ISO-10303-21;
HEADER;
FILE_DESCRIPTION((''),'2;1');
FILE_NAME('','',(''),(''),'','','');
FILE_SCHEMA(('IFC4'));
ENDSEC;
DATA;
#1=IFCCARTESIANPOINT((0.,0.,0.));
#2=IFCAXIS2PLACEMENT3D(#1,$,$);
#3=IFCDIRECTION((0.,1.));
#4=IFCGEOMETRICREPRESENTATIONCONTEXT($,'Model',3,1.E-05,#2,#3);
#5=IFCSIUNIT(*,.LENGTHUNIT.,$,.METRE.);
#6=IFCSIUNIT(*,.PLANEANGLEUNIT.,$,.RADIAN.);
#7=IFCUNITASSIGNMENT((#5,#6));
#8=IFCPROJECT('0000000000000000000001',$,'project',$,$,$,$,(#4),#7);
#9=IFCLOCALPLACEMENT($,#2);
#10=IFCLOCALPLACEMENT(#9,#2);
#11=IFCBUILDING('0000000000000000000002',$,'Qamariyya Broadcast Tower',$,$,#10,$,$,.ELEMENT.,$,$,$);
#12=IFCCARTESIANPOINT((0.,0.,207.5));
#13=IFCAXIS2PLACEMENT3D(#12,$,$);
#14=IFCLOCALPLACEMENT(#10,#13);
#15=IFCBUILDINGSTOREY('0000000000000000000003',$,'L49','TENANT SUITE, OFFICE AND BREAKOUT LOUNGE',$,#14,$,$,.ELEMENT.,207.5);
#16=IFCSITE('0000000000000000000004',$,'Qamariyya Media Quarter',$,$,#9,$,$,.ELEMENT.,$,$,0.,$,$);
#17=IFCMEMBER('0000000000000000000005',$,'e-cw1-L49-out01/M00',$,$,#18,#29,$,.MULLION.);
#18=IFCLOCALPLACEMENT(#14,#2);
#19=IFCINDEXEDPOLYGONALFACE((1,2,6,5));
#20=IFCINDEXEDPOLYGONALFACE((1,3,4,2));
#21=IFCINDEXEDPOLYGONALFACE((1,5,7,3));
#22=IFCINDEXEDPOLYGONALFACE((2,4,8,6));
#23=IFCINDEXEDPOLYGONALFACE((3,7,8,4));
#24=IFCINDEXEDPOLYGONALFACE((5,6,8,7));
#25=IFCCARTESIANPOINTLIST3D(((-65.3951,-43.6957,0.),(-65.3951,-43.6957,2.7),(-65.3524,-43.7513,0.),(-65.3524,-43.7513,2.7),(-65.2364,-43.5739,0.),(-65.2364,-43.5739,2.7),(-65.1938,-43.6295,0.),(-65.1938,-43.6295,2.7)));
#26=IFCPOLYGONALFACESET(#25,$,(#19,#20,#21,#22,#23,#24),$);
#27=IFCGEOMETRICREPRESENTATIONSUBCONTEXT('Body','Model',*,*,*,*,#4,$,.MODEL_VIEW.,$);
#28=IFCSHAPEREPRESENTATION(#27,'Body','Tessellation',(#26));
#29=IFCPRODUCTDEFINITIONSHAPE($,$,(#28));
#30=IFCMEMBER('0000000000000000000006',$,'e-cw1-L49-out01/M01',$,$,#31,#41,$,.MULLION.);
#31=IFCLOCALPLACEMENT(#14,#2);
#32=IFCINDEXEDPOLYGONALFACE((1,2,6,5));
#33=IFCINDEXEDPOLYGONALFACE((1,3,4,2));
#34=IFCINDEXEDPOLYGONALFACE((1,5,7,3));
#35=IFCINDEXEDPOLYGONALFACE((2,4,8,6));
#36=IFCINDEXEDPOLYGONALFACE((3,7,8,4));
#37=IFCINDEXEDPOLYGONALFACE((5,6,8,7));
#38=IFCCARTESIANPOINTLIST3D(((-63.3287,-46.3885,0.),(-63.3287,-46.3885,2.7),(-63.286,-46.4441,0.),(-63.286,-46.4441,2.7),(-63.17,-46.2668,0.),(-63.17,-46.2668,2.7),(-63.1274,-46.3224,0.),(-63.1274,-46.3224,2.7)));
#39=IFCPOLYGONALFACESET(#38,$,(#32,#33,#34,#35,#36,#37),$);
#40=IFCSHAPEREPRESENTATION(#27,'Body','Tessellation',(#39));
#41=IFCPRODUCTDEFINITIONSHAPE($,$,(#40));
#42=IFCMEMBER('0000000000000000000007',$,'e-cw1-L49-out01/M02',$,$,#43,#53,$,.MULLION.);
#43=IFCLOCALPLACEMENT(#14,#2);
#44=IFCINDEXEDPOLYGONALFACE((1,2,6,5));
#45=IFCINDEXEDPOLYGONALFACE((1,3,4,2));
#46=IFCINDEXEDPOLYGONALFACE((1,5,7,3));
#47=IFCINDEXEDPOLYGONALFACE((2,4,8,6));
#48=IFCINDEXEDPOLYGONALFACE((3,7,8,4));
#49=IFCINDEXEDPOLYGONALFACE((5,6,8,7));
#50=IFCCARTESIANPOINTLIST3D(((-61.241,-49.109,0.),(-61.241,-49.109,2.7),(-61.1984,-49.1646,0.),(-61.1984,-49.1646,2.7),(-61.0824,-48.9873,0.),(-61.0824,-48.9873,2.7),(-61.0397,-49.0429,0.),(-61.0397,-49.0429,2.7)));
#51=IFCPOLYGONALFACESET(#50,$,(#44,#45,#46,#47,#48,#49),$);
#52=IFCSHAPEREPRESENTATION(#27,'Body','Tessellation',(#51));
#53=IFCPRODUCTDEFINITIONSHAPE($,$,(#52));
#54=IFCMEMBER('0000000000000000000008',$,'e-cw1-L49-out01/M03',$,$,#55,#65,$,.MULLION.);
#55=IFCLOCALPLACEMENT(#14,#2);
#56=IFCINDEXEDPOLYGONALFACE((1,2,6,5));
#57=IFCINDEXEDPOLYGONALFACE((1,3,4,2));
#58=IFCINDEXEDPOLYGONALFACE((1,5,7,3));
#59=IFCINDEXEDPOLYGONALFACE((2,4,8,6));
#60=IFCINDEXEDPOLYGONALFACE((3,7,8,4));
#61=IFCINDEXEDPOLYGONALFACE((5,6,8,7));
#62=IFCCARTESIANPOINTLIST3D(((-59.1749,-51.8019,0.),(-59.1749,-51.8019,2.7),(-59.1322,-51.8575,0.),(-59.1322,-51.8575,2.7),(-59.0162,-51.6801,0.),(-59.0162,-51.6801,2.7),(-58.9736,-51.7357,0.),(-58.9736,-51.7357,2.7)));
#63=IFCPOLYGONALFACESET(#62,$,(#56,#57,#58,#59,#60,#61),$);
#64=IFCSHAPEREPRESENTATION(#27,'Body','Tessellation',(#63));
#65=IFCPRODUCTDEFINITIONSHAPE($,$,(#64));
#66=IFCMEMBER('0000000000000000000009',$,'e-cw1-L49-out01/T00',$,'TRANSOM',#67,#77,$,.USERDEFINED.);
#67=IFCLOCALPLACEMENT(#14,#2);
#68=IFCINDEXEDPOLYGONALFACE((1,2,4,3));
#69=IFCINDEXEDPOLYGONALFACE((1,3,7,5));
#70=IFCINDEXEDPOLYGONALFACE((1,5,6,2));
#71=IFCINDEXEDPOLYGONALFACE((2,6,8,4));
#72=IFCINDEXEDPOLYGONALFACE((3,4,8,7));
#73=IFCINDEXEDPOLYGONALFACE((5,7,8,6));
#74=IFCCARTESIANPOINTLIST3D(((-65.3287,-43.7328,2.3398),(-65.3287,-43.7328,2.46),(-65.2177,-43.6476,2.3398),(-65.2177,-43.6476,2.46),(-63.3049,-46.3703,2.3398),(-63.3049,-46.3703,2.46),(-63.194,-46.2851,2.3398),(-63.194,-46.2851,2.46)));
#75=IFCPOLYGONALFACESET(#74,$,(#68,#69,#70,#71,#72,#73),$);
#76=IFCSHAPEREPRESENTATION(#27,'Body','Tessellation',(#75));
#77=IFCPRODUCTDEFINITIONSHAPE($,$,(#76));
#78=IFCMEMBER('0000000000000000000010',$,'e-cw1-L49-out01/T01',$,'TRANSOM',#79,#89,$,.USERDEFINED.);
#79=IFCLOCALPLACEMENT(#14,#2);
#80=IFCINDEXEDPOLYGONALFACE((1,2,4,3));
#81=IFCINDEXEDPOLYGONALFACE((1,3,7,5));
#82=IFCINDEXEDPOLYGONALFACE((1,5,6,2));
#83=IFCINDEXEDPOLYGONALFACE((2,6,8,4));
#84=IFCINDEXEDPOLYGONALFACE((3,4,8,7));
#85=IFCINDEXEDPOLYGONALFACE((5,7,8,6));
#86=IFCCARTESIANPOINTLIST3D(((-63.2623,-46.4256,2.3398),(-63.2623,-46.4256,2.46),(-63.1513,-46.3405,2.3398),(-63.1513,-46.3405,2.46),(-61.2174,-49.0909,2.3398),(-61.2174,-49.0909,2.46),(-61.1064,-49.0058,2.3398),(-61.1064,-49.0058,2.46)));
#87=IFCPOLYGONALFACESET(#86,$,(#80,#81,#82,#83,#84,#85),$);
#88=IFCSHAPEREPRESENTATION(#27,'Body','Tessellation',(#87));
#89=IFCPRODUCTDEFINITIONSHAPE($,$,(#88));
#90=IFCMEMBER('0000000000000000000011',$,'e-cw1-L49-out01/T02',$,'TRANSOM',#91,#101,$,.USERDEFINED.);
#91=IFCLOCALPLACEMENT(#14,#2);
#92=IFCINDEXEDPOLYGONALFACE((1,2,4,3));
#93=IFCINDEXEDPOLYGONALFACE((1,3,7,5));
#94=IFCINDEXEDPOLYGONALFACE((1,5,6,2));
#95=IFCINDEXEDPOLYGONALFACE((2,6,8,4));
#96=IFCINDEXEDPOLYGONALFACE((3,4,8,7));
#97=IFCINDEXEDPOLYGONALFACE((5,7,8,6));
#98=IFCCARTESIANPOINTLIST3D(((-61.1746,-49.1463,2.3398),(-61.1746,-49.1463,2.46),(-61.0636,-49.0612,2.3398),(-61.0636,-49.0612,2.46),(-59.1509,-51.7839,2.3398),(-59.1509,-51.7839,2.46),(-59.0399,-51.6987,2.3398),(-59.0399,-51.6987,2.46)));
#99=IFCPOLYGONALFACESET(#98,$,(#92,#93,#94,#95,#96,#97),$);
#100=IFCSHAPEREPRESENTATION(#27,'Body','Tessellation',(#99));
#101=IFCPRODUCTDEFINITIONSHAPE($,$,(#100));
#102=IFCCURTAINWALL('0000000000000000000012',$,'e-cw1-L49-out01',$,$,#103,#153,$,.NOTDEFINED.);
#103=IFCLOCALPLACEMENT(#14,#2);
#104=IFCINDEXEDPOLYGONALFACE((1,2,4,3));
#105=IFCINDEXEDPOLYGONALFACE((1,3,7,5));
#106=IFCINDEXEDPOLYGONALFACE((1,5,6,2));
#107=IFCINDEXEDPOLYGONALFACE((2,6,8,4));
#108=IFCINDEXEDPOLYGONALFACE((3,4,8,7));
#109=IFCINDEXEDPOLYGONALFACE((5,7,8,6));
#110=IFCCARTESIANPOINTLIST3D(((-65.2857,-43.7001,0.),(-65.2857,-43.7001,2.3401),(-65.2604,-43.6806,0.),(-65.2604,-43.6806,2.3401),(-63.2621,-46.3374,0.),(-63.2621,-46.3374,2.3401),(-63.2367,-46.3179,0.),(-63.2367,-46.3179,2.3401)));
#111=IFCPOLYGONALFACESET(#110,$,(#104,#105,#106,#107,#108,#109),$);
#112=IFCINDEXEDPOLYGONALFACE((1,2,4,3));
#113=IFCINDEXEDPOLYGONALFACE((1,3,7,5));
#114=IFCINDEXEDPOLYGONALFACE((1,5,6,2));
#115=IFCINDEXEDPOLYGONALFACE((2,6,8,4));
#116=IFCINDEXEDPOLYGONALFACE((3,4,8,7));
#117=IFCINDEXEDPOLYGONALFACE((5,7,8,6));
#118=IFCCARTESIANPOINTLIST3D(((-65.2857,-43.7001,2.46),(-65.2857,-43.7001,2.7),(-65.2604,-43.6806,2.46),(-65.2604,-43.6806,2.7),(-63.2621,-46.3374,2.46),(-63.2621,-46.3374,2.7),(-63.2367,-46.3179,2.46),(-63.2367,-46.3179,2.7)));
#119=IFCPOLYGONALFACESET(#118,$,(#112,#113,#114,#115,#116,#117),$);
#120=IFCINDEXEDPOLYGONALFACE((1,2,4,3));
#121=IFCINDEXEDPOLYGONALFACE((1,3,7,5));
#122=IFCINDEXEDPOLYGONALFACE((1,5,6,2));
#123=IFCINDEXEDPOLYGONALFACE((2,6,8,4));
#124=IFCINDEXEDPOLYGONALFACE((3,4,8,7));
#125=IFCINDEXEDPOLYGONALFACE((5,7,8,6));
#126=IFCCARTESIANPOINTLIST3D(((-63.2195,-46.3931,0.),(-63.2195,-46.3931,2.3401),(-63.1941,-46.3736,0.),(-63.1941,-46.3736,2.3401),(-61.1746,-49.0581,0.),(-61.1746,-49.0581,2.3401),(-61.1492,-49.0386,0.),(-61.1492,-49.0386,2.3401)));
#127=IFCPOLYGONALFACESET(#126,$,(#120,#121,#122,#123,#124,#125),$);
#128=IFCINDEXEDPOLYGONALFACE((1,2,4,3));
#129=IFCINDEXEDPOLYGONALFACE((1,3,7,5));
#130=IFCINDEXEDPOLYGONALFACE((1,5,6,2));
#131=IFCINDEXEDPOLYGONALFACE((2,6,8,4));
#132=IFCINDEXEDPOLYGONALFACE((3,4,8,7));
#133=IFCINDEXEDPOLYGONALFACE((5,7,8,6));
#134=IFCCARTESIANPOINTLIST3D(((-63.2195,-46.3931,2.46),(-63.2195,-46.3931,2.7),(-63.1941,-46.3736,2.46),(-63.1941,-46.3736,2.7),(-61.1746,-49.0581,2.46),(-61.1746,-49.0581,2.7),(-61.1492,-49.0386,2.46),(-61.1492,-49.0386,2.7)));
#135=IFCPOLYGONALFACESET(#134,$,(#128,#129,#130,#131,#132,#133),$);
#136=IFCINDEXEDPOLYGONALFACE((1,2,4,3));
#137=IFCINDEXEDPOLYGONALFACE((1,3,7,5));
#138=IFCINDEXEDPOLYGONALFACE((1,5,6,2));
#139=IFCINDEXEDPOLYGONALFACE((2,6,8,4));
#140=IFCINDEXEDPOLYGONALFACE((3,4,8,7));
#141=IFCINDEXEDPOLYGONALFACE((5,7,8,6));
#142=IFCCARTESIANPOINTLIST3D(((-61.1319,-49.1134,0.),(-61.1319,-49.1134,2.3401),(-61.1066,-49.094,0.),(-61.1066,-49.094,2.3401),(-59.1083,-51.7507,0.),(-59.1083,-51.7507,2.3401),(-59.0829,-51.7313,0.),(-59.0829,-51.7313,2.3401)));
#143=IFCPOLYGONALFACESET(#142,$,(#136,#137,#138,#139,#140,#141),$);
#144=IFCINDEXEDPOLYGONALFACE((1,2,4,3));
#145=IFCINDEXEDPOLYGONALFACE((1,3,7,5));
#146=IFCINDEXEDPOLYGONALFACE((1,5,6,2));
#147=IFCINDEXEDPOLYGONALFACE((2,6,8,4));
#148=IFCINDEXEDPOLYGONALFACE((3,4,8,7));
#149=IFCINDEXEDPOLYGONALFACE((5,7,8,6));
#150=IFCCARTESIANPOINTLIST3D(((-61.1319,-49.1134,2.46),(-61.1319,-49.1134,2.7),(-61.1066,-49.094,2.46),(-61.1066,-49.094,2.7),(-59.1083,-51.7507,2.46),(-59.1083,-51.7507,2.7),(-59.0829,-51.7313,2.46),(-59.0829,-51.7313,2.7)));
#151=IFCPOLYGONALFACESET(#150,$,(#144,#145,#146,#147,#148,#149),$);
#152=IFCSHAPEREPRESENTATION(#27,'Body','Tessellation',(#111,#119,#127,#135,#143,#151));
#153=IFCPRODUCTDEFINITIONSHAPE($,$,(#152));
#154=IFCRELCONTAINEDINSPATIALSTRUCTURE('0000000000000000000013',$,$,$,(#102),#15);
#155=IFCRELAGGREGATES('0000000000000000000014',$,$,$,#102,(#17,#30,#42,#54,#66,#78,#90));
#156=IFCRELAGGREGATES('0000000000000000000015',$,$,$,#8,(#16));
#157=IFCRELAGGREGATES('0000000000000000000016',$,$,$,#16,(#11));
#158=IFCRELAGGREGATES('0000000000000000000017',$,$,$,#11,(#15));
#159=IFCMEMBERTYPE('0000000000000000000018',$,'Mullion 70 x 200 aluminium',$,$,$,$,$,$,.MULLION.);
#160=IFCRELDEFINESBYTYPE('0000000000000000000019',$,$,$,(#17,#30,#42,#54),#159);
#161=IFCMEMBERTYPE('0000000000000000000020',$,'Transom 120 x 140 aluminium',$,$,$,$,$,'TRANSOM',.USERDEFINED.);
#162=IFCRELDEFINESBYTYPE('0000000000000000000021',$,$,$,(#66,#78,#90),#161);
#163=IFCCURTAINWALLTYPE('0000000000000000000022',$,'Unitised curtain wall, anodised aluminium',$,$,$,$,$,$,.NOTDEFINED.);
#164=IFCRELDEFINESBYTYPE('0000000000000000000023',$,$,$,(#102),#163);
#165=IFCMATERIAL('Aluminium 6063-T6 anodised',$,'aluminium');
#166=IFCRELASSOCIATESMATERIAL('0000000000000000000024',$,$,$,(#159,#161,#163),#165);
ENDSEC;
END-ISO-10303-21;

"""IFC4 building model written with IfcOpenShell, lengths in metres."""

from ifc_helpers import new_model, si_unit, direction, frame, origin, origin_2d, place, context, subcontext, project, spatial, rectangle, extrude, material, material_profile, profile_set, type_object, element, aggregate, save


model = new_model("IFC4")

# Units and contexts
model_context = context("Model", 3, precision=1e-05, world=origin(), true_north=direction((0.0, 1.0)))
body_context = subcontext(model_context, "Body", "Model", "MODEL_VIEW")
ifc_project = project(units=[si_unit("LENGTHUNIT", "METRE"), si_unit("PLANEANGLEUNIT", "RADIAN")], contexts=[model_context])

# Members
ifc_material = material(Name="Aluminium 6063-T6 anodised", Category="aluminium")
ifc_material_profile_1 = material_profile(ifc_material, rectangle(XDim=0.2, YDim=0.0701, at=origin_2d()))
ifc_profile_set_1 = profile_set([ifc_material_profile_1], Name="Aluminium 6063-T6 anodised")
member_type_1 = type_object("IfcMemberType", Name="Mullion 70 x 200 aluminium", PredefinedType="MULLION", material=ifc_profile_set_1)
site_placement = place(None, origin())
building_placement = place(site_placement, origin())
storey_placement = place(building_placement, frame((0.0, 0.0, 207.5)))
member_1_placement = place(storey_placement, frame((-65.2944, -43.6626, 0.0), z_axis=(0.0, 0.0, 1.0), x_axis=(0.793353, 0.608761, 0.0)))
member_1 = element("IfcMember", 1, at=member_1_placement, type_object=member_type_1, Name="e-cw1-L49-out01/M00", PredefinedType="MULLION", context=body_context, shape_type="SweptSolid", body=[
    extrude(rectangle(XDim=0.2, YDim=0.0701, at=origin_2d()), origin(), (0.0, 0.0, 1.0), 2.7),
])
member_2_placement = place(storey_placement, frame((-63.228, -46.3555, 0.0), z_axis=(0.0, 0.0, 1.0), x_axis=(0.793353, 0.608761, 0.0)))
member_2 = element("IfcMember", 2, at=member_2_placement, type_object=member_type_1, Name="e-cw1-L49-out01/M01", PredefinedType="MULLION", context=body_context, shape_type="SweptSolid", body=[
    extrude(rectangle(XDim=0.2, YDim=0.0701, at=origin_2d()), origin(), (0.0, 0.0, 1.0), 2.7),
])
member_3_placement = place(storey_placement, frame((-61.1404, -49.0759, 0.0), z_axis=(0.0, 0.0, 1.0), x_axis=(0.793353, 0.608761, 0.0)))
member_3 = element("IfcMember", 3, at=member_3_placement, type_object=member_type_1, Name="e-cw1-L49-out01/M02", PredefinedType="MULLION", context=body_context, shape_type="SweptSolid", body=[
    extrude(rectangle(XDim=0.2, YDim=0.0701, at=origin_2d()), origin(), (0.0, 0.0, 1.0), 2.7),
])
member_4_placement = place(storey_placement, frame((-59.0742, -51.7688, 0.0), z_axis=(0.0, 0.0, 1.0), x_axis=(0.793353, 0.608761, 0.0)))
member_4 = element("IfcMember", 4, at=member_4_placement, type_object=member_type_1, Name="e-cw1-L49-out01/M03", PredefinedType="MULLION", context=body_context, shape_type="SweptSolid", body=[
    extrude(rectangle(XDim=0.2, YDim=0.0701, at=origin_2d()), origin(), (0.0, 0.0, 1.0), 2.7),
])
ifc_material_profile_2 = material_profile(ifc_material, rectangle(XDim=0.1399, YDim=0.1201, at=origin_2d()))
ifc_profile_set_2 = profile_set([ifc_material_profile_2], Name="Aluminium 6063-T6 anodised")
member_type_2 = type_object("IfcMemberType", Name="Transom 120 x 140 aluminium", ElementType="TRANSOM", PredefinedType="USERDEFINED", material=ifc_profile_set_2)
member_5_placement = place(storey_placement, frame((-65.2732, -43.6902, 2.3999), z_axis=(0.608741, -0.793369, 0.0), x_axis=(0.793369, 0.608741, 0.0)))
member_5 = element("IfcMember", 5, at=member_5_placement, type_object=member_type_2, Name="e-cw1-L49-out01/T00", ObjectType="TRANSOM", PredefinedType="USERDEFINED", context=body_context, shape_type="SweptSolid", body=[
    extrude(rectangle(XDim=0.1399, YDim=0.1201, at=origin_2d()), origin(), (0.0, 0.0, 1.0), 3.3245),
])
member_6_placement = place(storey_placement, frame((-63.2068, -46.3831, 2.3999), z_axis=(0.60872, -0.793385, 0.0), x_axis=(0.793385, 0.60872, 0.0)))
member_6 = element("IfcMember", 6, at=member_6_placement, type_object=member_type_2, Name="e-cw1-L49-out01/T01", ObjectType="TRANSOM", PredefinedType="USERDEFINED", context=body_context, shape_type="SweptSolid", body=[
    extrude(rectangle(XDim=0.1399, YDim=0.1201, at=origin_2d()), origin(), (0.0, 0.0, 1.0), 3.3594),
])
member_7_placement = place(storey_placement, frame((-61.1191, -49.1038, 2.3999), z_axis=(0.608741, -0.793369, 0.0), x_axis=(0.793369, 0.608741, 0.0)))
member_7 = element("IfcMember", 7, at=member_7_placement, type_object=member_type_2, Name="e-cw1-L49-out01/T02", ObjectType="TRANSOM", PredefinedType="USERDEFINED", context=body_context, shape_type="SweptSolid", body=[
    extrude(rectangle(XDim=0.1399, YDim=0.1201, at=origin_2d()), origin(), (0.0, 0.0, 1.0), 3.3245),
])

# Site, building, storey
site = spatial("IfcSite", under=ifc_project, at=site_placement, Name="Qamariyya Media Quarter", CompositionType="ELEMENT", RefElevation=0.0)
building = spatial("IfcBuilding", under=site, at=building_placement, Name="Qamariyya Broadcast Tower", CompositionType="ELEMENT")
storey = spatial("IfcBuildingStorey", under=building, at=storey_placement, Name="L49", Description="TENANT SUITE, OFFICE AND BREAKOUT LOUNGE", CompositionType="ELEMENT", Elevation=207.5)

# Curtain wall
curtain_wall_type = type_object("IfcCurtainWallType", Name="Unitised curtain wall, anodised aluminium", PredefinedType="NOTDEFINED", material=ifc_material)
curtain_wall_1_placement = place(storey_placement, origin())
curtain_wall_1 = element("IfcCurtainWall", 8, at=curtain_wall_1_placement, inside=storey, type_object=curtain_wall_type, Name="e-cw1-L49-out01", PredefinedType="NOTDEFINED", context=body_context, shape_type="SweptSolid", body=[
    extrude(rectangle(XDim=3.3242, YDim=0.032, at=origin_2d()), frame((-64.2612, -45.009, 0.0), x_axis=(0.608754, -0.793359, 0.0)), (0.0, 0.0, 1.0), 2.3401),
    extrude(rectangle(XDim=3.3242, YDim=0.032, at=origin_2d()), frame((-64.2612, -45.009, 2.46), x_axis=(0.608754, -0.793359, 0.0)), (0.0, 0.0, 1.0), 0.24),
    extrude(rectangle(XDim=3.3591, YDim=0.032, at=origin_2d()), frame((-62.1843, -47.7158, 0.0), x_axis=(0.608754, -0.793359, 0.0)), (0.0, 0.0, 1.0), 2.3401),
    extrude(rectangle(XDim=3.3591, YDim=0.032, at=origin_2d()), frame((-62.1843, -47.7158, 2.46), x_axis=(0.608754, -0.793359, 0.0)), (0.0, 0.0, 1.0), 0.24),
    extrude(rectangle(XDim=3.3242, YDim=0.032, at=origin_2d()), frame((-60.1074, -50.4224, 0.0), x_axis=(0.608754, -0.793359, 0.0)), (0.0, 0.0, 1.0), 2.3401),
    extrude(rectangle(XDim=3.3242, YDim=0.032, at=origin_2d()), frame((-60.1074, -50.4224, 2.46), x_axis=(0.608754, -0.793359, 0.0)), (0.0, 0.0, 1.0), 0.24),
])
aggregate(curtain_wall_1, [member_1, member_2, member_3, member_4, member_5, member_6, member_7])

save(model, "model.ifc")
